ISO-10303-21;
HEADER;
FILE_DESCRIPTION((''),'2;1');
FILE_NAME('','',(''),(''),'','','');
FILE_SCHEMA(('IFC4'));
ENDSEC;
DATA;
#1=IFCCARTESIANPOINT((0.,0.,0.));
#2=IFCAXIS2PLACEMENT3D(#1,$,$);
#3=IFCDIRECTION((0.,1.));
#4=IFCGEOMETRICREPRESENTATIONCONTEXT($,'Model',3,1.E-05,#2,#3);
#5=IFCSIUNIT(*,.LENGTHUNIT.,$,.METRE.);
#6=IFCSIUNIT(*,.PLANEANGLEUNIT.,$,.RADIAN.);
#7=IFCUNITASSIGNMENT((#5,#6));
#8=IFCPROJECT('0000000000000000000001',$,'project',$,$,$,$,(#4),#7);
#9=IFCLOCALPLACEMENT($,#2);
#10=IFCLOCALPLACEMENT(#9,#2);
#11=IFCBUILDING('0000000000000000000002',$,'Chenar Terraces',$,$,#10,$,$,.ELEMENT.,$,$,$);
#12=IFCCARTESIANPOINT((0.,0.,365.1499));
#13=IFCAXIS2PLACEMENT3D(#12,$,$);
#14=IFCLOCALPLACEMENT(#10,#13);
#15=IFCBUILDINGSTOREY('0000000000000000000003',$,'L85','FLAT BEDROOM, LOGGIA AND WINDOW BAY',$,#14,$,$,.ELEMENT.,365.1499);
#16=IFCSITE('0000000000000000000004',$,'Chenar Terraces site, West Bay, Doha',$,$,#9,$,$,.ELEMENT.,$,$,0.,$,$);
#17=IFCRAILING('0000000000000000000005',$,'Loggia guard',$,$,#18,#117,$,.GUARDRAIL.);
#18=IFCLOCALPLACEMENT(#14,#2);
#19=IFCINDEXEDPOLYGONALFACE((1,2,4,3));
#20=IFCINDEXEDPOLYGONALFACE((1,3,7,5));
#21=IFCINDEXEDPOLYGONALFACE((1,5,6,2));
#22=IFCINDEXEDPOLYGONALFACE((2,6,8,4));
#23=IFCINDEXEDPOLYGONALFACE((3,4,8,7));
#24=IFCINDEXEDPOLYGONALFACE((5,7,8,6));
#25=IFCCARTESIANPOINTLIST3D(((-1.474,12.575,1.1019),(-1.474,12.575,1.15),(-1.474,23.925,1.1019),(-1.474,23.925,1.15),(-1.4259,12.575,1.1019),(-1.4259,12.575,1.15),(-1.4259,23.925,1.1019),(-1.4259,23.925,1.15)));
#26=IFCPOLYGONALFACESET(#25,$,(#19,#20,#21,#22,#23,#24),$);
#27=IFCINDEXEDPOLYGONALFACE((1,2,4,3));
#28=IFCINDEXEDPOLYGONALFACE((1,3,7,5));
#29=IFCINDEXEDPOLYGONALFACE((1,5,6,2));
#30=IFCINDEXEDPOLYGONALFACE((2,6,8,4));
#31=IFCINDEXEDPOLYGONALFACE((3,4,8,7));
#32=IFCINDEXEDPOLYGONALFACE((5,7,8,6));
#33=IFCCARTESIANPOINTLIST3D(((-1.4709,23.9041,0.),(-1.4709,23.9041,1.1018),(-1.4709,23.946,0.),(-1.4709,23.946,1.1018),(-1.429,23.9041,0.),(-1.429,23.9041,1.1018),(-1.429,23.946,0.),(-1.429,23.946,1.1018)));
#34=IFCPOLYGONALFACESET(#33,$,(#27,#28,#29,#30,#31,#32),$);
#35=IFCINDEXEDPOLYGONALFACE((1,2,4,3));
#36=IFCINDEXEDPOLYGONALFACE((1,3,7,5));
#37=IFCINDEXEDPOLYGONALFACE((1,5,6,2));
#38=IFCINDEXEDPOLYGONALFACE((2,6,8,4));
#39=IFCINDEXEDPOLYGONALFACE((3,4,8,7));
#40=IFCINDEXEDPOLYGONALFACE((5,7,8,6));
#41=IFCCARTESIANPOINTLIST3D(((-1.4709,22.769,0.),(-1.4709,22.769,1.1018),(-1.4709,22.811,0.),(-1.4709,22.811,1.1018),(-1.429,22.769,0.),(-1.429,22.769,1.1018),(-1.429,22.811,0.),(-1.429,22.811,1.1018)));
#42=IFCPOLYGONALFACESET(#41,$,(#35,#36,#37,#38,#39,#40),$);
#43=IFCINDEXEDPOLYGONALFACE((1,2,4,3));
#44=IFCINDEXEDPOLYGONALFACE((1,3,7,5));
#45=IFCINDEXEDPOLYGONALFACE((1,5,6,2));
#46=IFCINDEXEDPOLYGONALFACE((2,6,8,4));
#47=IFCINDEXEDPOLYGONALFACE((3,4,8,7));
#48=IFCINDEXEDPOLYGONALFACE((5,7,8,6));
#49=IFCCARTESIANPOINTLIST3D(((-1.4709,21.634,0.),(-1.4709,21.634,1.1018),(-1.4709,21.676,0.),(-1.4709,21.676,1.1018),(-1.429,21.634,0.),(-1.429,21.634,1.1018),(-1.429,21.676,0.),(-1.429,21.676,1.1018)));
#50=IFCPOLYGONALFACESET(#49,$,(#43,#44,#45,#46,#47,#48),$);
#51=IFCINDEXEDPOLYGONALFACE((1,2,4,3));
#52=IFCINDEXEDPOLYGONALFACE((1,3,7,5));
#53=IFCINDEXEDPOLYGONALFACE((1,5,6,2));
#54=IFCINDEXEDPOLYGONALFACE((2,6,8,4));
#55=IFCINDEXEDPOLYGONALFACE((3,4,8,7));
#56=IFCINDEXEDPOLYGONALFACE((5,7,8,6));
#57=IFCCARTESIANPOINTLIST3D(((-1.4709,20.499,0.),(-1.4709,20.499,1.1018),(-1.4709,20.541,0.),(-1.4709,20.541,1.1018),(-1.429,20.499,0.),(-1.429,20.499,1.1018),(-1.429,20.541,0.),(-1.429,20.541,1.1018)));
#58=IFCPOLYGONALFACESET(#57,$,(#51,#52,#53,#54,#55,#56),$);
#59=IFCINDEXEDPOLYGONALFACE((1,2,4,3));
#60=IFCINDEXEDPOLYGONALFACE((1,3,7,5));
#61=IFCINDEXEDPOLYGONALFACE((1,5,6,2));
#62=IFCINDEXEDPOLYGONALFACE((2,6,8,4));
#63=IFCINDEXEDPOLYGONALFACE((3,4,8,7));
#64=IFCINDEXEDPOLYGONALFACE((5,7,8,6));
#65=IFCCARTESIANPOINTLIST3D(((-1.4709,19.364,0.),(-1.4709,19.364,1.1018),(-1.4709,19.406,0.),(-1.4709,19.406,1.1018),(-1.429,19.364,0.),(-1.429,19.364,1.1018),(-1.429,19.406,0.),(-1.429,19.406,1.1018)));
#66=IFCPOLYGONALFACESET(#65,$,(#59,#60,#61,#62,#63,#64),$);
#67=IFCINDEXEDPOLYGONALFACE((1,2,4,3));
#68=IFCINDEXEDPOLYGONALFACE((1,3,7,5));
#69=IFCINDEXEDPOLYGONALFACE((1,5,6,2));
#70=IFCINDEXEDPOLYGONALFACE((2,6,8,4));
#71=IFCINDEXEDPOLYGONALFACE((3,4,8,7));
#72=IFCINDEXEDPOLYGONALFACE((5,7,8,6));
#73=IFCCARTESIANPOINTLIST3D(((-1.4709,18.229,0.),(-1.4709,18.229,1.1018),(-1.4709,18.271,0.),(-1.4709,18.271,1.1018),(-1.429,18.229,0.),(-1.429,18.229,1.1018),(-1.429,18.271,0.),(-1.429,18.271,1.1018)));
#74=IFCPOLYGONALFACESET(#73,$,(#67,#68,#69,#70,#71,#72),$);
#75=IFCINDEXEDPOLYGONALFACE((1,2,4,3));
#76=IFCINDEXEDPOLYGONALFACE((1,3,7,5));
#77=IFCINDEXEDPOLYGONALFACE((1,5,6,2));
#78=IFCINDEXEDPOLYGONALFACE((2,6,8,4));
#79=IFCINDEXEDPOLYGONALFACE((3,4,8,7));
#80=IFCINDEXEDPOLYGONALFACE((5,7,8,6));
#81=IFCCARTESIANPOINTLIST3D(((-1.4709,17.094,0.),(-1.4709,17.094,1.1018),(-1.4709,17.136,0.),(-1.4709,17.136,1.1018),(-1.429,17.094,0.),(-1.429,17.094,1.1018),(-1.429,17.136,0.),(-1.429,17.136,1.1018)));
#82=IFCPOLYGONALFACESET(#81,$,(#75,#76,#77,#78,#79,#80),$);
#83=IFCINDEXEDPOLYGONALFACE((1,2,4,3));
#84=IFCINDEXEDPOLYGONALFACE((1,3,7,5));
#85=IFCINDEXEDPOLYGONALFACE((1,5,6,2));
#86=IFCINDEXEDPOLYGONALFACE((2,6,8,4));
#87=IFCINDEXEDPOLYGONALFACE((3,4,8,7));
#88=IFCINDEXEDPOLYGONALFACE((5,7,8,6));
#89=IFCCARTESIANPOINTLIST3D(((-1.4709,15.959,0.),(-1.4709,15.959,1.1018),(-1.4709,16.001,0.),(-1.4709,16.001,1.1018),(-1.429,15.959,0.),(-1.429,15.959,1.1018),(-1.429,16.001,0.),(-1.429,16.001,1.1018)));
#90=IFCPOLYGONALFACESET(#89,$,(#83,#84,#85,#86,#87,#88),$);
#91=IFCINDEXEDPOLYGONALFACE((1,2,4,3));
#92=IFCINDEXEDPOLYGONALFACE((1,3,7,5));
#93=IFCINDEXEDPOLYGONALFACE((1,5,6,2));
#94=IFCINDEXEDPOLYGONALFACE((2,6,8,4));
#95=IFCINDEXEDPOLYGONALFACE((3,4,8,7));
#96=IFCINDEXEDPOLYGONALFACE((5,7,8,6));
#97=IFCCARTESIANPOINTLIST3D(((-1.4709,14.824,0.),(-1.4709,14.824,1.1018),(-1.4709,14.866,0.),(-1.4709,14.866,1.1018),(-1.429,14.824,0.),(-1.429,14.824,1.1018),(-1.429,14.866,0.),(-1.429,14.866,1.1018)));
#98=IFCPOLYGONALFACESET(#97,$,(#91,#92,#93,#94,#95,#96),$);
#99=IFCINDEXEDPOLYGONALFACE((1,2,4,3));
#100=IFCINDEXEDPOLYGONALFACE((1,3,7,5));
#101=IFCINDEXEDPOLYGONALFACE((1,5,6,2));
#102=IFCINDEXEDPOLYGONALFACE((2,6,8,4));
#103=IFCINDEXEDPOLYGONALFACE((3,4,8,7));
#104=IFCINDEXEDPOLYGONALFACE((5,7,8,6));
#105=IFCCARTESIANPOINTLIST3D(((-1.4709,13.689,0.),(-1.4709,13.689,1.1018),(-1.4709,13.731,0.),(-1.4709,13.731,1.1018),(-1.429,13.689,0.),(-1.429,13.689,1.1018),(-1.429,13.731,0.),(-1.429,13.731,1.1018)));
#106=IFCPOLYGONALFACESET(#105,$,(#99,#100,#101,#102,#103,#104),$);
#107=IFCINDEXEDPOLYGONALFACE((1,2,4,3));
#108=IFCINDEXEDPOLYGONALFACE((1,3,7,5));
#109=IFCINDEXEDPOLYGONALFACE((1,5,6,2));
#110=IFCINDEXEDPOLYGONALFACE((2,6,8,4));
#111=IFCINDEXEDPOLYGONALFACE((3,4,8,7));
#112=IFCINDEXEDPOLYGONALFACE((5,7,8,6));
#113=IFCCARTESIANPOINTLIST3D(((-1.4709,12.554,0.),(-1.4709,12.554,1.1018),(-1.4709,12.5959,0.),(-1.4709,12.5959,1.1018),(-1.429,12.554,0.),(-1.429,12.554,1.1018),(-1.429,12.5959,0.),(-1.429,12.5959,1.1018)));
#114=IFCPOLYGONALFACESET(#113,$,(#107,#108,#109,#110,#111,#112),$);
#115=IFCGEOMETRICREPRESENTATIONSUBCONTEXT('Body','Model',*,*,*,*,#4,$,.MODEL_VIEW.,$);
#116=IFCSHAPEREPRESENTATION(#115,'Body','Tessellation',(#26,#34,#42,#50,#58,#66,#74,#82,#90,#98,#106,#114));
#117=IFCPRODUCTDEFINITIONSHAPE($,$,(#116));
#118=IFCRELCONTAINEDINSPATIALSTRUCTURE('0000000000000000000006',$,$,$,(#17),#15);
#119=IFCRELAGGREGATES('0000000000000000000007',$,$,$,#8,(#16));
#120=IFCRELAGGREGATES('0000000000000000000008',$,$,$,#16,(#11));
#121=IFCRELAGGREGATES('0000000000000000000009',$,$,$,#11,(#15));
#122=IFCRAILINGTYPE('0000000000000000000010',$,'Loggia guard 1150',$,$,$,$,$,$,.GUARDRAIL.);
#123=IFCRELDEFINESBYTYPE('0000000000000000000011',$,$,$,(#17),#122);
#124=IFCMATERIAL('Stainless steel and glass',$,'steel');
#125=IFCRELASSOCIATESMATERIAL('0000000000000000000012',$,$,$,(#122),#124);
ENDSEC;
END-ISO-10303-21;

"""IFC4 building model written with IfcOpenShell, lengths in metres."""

from ifc_helpers import new_model, si_unit, direction, frame, origin, origin_2d, place, context, subcontext, project, spatial, rectangle, extrude, material, type_object, element, save


model = new_model("IFC4")

# Units and contexts
model_context = context("Model", 3, precision=1e-05, world=origin(), true_north=direction((0.0, 1.0)))
body_context = subcontext(model_context, "Body", "Model", "MODEL_VIEW")
ifc_project = project(units=[si_unit("LENGTHUNIT", "METRE"), si_unit("PLANEANGLEUNIT", "RADIAN")], contexts=[model_context])

# Site, building, storey
site_placement = place(None, origin())
site = spatial("IfcSite", under=ifc_project, at=site_placement, Name="Chenar Terraces site, West Bay, Doha", CompositionType="ELEMENT", RefElevation=0.0)
building_placement = place(site_placement, origin())
building = spatial("IfcBuilding", under=site, at=building_placement, Name="Chenar Terraces", CompositionType="ELEMENT")
storey_placement = place(building_placement, frame((0.0, 0.0, 365.1499)))
storey = spatial("IfcBuildingStorey", under=building, at=storey_placement, Name="L85", Description="FLAT BEDROOM, LOGGIA AND WINDOW BAY", CompositionType="ELEMENT", Elevation=365.1499)

# Railing
ifc_material_1 = material(Name="Stainless steel and glass", Category="steel")
railing_type_1 = type_object("IfcRailingType", Name="Loggia guard 1150", PredefinedType="GUARDRAIL", material=ifc_material_1)
railing_1_placement = place(storey_placement, frame((-1.45, 23.925, 0.0)))
element("IfcRailing", 1, at=railing_1_placement, inside=storey, type_object=railing_type_1, Name="Loggia guard", PredefinedType="GUARDRAIL", context=body_context, shape_type="SweptSolid", body=[
    extrude(rectangle(XDim=0.0481, YDim=0.0481, at=origin_2d()), frame((0.0, 0.0, 1.126), z_axis=(0.0, -1.0, 0.0), x_axis=(1.0, 0.0, 0.0)), (0.0, 0.0, 1.0), 11.3501),
    extrude(rectangle(XDim=0.042, YDim=0.042, at=origin_2d()), origin(), (0.0, 0.0, 1.0), 1.1018),
    extrude(rectangle(XDim=0.042, YDim=0.042, at=origin_2d()), frame((0.0, -1.135, 0.0)), (0.0, 0.0, 1.0), 1.1018),
    extrude(rectangle(XDim=0.042, YDim=0.042, at=origin_2d()), frame((0.0, -2.27, 0.0)), (0.0, 0.0, 1.0), 1.1018),
    extrude(rectangle(XDim=0.042, YDim=0.042, at=origin_2d()), frame((0.0, -3.405, 0.0)), (0.0, 0.0, 1.0), 1.1018),
    extrude(rectangle(XDim=0.042, YDim=0.042, at=origin_2d()), frame((0.0, -4.54, 0.0)), (0.0, 0.0, 1.0), 1.1018),
    extrude(rectangle(XDim=0.042, YDim=0.042, at=origin_2d()), frame((0.0, -5.675, 0.0)), (0.0, 0.0, 1.0), 1.1018),
    extrude(rectangle(XDim=0.042, YDim=0.042, at=origin_2d()), frame((0.0, -6.8101, 0.0)), (0.0, 0.0, 1.0), 1.1018),
    extrude(rectangle(XDim=0.042, YDim=0.042, at=origin_2d()), frame((0.0, -7.9451, 0.0)), (0.0, 0.0, 1.0), 1.1018),
    extrude(rectangle(XDim=0.042, YDim=0.042, at=origin_2d()), frame((0.0, -9.0801, 0.0)), (0.0, 0.0, 1.0), 1.1018),
    extrude(rectangle(XDim=0.042, YDim=0.042, at=origin_2d()), frame((0.0, -10.2151, 0.0)), (0.0, 0.0, 1.0), 1.1018),
    extrude(rectangle(XDim=0.042, YDim=0.042, at=origin_2d()), frame((0.0, -11.3501, 0.0)), (0.0, 0.0, 1.0), 1.1018),
])

save(model, "model.ifc")
